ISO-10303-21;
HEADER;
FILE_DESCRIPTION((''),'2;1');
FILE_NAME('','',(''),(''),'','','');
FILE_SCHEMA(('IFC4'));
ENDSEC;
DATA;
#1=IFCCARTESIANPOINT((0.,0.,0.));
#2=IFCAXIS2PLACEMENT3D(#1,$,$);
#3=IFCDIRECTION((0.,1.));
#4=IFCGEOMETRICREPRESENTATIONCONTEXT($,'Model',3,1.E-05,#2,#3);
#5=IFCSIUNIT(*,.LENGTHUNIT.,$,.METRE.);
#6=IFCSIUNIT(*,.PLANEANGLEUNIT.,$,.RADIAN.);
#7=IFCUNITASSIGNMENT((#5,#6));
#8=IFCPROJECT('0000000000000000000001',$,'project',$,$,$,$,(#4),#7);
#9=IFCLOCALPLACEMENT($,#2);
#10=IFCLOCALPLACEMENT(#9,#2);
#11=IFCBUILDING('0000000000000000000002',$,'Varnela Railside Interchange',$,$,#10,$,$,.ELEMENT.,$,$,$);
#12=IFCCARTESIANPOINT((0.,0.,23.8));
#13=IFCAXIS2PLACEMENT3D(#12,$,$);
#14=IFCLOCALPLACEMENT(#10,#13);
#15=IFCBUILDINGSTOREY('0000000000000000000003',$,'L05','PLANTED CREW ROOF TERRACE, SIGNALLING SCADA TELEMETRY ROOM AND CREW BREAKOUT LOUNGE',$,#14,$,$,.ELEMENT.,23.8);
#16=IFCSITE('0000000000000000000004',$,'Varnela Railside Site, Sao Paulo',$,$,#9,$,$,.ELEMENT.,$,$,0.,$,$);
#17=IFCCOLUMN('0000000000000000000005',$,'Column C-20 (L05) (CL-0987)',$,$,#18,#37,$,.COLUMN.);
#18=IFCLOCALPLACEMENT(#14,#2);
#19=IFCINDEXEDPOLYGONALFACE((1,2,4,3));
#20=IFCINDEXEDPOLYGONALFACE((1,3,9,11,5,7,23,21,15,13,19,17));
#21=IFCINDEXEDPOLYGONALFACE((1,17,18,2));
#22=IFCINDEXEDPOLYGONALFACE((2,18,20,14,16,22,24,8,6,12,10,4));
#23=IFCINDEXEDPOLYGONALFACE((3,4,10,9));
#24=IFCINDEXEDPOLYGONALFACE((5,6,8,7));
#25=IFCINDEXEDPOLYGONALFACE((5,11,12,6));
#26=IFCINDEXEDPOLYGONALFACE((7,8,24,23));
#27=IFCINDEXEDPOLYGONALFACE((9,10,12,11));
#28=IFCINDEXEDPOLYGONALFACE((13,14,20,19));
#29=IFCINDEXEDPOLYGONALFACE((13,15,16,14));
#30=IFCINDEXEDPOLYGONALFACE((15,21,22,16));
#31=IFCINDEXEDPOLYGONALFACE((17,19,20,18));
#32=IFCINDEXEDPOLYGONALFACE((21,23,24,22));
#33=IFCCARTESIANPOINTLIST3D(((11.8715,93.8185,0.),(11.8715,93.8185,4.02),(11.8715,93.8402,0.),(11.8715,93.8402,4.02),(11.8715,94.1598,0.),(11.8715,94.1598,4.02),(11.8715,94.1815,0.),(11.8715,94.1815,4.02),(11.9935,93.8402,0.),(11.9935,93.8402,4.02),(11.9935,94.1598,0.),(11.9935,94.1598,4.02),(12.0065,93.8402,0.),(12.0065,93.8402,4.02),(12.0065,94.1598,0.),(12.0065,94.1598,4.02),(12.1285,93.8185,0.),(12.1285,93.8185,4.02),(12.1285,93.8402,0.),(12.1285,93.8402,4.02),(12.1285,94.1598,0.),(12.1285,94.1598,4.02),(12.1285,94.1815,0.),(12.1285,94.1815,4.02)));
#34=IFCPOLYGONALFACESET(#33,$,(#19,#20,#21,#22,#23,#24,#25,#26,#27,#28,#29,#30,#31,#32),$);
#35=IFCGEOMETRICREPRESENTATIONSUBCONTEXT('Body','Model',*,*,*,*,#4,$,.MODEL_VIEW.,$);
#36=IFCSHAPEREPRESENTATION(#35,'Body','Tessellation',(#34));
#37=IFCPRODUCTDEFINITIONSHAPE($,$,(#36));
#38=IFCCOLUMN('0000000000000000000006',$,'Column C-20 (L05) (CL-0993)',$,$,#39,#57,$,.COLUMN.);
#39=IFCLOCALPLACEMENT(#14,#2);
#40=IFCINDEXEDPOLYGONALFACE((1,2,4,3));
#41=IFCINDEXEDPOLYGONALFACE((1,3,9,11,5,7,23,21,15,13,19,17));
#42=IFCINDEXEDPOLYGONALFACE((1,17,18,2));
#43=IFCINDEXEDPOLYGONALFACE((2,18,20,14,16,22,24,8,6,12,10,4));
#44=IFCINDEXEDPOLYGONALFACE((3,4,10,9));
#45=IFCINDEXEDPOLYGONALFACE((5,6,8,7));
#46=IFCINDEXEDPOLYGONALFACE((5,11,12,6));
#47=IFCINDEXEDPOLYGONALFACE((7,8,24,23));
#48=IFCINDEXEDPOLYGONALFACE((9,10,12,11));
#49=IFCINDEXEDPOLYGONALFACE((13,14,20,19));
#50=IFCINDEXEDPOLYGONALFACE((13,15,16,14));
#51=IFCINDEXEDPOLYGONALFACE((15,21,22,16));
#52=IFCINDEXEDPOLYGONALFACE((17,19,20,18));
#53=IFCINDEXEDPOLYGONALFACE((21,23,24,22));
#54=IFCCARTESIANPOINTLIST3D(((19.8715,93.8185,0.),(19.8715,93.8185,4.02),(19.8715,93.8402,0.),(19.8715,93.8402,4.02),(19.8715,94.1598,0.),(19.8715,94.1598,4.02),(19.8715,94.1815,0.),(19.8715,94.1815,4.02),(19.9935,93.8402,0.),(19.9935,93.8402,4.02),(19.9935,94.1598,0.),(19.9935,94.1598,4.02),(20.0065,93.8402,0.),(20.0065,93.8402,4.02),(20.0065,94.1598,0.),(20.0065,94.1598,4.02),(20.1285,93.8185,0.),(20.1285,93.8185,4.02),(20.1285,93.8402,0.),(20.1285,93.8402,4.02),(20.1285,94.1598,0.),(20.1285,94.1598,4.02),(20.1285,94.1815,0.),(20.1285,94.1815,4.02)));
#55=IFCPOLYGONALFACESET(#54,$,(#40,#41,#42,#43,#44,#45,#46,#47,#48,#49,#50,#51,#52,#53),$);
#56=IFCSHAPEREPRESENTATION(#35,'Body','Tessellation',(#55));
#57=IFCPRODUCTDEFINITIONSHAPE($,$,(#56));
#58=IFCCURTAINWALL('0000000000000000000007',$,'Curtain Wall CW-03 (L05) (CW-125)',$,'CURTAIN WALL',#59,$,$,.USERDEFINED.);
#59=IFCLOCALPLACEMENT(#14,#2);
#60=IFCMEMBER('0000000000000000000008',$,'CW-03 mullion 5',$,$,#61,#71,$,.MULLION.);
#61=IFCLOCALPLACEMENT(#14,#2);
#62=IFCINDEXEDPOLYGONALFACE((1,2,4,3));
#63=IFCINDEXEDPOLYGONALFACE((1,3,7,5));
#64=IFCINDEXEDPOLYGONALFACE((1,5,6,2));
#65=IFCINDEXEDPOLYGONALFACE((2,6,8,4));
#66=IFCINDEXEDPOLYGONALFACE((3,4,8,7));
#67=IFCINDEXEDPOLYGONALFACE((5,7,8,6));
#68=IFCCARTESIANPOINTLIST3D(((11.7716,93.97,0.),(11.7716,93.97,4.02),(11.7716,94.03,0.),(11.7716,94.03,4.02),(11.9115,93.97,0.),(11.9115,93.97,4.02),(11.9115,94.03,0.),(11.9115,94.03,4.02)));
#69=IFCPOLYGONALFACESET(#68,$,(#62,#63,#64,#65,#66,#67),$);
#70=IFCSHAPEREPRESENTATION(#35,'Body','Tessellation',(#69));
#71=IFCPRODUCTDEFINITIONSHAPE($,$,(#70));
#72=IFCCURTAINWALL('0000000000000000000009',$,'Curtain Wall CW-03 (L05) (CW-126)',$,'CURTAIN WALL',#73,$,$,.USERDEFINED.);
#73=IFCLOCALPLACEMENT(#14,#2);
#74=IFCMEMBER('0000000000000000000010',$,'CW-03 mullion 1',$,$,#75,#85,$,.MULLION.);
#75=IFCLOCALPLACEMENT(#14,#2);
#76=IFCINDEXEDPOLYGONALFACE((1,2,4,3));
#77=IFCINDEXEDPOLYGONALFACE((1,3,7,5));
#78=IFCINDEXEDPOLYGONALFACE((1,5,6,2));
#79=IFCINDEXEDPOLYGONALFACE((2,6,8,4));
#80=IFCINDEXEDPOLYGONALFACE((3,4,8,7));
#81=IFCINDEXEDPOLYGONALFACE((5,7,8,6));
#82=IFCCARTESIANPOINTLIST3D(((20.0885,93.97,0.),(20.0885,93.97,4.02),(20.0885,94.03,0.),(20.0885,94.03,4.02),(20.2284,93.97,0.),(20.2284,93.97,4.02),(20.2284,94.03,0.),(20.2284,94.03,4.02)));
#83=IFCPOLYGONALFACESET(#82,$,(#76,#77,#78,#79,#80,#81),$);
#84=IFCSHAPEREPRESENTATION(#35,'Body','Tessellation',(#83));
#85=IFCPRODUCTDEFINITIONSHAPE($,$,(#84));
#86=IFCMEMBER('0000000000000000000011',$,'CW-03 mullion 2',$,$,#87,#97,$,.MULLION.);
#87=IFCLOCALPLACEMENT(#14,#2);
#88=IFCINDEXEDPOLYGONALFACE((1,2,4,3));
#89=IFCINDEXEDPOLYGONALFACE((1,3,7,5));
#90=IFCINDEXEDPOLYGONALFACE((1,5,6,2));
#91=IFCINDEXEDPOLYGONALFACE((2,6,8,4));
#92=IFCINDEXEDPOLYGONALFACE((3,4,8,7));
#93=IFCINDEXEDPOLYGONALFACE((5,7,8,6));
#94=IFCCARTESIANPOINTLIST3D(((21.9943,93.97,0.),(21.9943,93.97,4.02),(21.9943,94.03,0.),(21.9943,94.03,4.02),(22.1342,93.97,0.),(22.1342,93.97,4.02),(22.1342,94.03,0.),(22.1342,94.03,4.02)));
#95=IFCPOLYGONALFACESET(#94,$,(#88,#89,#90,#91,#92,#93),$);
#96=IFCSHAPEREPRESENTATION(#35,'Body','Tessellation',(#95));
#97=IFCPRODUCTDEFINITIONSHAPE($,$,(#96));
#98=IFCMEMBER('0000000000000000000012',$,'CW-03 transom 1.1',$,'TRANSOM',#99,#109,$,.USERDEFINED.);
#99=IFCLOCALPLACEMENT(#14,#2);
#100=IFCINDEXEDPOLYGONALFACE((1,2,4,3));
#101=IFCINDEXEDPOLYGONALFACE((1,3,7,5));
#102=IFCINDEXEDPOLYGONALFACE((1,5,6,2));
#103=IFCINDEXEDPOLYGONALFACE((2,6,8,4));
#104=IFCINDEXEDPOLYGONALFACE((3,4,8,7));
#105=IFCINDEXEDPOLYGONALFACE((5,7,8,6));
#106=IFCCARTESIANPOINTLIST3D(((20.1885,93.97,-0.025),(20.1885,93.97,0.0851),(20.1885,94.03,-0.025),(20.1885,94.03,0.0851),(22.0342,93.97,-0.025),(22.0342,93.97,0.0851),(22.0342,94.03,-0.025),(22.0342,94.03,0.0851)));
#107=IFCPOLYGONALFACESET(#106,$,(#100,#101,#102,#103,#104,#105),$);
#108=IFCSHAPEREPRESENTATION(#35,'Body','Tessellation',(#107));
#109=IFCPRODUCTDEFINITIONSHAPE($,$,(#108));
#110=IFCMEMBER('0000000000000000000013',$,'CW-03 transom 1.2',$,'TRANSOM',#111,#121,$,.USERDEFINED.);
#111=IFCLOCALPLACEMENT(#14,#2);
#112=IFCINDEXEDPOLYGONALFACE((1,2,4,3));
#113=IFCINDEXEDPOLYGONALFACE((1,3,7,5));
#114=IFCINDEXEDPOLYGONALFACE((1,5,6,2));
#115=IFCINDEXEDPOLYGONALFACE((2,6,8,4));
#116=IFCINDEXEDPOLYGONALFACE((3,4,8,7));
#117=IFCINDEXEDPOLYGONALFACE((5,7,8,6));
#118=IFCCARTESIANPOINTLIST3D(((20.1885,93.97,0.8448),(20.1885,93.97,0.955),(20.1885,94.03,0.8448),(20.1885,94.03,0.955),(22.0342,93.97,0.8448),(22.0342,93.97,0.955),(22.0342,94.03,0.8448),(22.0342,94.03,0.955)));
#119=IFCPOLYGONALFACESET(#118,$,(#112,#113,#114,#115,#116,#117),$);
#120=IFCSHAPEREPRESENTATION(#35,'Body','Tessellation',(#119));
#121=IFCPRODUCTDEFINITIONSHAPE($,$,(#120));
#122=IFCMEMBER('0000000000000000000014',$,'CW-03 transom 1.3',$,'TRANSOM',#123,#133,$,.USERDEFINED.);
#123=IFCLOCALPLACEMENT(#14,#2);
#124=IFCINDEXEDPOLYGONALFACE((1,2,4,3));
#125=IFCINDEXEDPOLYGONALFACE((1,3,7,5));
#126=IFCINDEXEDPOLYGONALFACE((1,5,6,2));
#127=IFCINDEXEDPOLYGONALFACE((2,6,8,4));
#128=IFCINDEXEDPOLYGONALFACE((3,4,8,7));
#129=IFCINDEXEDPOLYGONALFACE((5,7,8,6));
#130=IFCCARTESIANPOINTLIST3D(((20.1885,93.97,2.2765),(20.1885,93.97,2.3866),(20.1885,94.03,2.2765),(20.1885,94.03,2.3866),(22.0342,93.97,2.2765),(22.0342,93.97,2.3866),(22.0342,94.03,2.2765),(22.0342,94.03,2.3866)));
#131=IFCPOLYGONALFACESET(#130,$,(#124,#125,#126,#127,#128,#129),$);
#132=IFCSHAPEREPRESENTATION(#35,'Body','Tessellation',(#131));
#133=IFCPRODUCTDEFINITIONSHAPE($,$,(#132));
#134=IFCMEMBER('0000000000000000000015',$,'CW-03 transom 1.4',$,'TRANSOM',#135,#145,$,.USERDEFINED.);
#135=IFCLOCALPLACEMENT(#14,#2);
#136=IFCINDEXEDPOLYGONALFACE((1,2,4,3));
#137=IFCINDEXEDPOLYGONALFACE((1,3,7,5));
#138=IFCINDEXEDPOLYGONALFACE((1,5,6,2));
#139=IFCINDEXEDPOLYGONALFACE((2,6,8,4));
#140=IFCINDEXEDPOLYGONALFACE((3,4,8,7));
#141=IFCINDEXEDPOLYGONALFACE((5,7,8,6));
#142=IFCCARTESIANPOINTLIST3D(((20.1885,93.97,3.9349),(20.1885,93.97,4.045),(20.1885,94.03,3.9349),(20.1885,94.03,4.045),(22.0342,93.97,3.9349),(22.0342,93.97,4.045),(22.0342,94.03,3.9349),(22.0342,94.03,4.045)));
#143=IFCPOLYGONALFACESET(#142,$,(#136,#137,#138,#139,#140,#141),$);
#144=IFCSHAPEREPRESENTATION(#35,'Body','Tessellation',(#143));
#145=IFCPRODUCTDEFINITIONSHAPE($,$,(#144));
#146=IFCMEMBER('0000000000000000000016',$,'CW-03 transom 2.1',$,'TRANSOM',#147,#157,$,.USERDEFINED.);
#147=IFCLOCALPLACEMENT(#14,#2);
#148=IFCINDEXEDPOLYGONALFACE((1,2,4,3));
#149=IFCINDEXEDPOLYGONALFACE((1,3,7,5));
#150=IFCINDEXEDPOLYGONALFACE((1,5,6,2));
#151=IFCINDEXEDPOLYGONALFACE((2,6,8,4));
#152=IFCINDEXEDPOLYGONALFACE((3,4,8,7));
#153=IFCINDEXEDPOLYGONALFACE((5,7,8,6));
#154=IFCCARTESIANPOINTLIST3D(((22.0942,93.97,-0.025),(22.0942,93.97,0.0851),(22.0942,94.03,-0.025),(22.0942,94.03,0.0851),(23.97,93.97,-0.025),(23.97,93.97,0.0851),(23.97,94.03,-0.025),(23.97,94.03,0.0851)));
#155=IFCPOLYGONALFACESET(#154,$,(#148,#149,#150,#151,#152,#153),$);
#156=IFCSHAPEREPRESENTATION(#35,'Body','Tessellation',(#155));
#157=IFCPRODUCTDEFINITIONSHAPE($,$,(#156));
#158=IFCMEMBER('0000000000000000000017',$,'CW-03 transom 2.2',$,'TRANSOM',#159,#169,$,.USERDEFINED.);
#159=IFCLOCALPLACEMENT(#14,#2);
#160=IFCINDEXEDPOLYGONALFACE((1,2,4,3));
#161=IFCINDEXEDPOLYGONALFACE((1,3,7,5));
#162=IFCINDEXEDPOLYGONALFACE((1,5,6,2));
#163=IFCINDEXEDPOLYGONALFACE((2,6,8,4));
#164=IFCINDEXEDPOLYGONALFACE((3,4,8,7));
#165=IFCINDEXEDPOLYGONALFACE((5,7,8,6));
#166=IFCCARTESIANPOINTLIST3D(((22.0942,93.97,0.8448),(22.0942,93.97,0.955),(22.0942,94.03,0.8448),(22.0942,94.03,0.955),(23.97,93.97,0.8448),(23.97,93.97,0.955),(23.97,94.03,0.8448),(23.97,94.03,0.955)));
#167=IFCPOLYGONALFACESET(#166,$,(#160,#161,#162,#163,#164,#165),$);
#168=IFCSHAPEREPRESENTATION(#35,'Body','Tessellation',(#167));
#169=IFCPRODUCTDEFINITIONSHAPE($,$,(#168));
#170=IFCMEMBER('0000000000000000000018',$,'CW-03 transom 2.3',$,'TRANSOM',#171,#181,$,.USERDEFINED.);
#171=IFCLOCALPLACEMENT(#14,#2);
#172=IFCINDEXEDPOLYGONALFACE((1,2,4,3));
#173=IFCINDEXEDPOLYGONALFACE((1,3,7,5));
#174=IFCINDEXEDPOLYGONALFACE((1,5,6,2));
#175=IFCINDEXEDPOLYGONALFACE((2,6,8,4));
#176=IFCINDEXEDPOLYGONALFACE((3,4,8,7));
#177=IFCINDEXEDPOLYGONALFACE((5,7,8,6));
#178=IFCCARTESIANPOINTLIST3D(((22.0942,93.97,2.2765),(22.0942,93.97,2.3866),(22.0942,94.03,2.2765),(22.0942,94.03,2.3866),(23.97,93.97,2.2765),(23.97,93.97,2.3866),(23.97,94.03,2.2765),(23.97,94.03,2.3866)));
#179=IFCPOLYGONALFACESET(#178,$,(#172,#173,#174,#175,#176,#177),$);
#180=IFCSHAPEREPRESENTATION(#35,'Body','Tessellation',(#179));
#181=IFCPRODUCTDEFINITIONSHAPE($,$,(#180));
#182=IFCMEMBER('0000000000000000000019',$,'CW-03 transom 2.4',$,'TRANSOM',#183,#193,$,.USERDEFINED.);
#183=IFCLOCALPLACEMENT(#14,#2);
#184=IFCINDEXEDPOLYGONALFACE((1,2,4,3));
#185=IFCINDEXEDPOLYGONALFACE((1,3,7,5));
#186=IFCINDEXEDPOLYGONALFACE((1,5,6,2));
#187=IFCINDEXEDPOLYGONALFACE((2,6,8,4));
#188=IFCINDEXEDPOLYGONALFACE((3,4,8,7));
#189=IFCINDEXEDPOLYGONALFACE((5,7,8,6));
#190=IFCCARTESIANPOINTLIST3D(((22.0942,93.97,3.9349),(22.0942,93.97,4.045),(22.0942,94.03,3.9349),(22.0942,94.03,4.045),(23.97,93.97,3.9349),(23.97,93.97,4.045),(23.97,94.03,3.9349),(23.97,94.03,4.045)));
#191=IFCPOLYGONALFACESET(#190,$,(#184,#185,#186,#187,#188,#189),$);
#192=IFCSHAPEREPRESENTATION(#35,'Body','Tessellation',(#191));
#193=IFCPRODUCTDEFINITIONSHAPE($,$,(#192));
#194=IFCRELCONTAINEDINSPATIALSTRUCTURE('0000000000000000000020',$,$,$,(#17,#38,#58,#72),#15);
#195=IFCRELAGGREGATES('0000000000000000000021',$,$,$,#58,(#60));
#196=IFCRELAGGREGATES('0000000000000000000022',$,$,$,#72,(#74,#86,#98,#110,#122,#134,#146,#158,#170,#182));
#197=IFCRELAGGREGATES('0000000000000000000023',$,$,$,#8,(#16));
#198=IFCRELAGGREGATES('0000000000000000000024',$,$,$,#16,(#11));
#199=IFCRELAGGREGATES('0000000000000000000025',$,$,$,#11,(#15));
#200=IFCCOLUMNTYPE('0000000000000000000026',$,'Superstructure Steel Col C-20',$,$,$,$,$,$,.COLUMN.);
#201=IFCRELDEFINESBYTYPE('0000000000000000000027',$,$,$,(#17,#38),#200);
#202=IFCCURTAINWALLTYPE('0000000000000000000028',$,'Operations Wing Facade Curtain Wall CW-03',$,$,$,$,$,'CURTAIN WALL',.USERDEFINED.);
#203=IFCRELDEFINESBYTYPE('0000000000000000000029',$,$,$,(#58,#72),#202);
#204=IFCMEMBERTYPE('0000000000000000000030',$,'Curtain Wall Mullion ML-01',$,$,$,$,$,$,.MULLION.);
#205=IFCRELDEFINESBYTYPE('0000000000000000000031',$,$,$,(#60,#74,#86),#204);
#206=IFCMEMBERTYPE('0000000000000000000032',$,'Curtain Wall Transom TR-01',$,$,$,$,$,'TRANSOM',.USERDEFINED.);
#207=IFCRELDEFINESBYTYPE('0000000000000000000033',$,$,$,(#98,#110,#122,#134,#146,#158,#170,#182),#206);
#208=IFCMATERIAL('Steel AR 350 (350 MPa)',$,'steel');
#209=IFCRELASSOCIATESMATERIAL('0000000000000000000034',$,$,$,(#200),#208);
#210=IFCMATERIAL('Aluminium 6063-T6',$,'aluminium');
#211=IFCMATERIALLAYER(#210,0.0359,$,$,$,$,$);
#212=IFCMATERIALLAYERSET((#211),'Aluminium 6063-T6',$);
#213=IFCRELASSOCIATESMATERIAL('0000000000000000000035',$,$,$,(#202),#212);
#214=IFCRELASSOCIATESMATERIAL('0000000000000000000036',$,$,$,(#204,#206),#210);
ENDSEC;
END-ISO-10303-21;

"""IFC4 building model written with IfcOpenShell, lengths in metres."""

from ifc_helpers import new_model, si_unit, direction, frame, origin, origin_2d, place, context, subcontext, project, spatial, rectangle, i_section, extrude, material, layer, layer_set, material_profile, profile_set, type_object, element, aggregate, save


model = new_model("IFC4")

# Units and contexts
model_context = context("Model", 3, precision=1e-05, world=origin(), true_north=direction((0.0, 1.0)))
body_context = subcontext(model_context, "Body", "Model", "MODEL_VIEW")
ifc_project = project(units=[si_unit("LENGTHUNIT", "METRE"), si_unit("PLANEANGLEUNIT", "RADIAN")], contexts=[model_context])

# Site, building, storey
site_placement = place(None, origin())
site = spatial("IfcSite", under=ifc_project, at=site_placement, Name="Varnela Railside Site, Sao Paulo", CompositionType="ELEMENT", RefElevation=0.0)
building_placement = place(site_placement, origin())
building = spatial("IfcBuilding", under=site, at=building_placement, Name="Varnela Railside Interchange", CompositionType="ELEMENT")
storey_placement = place(building_placement, frame((0.0, 0.0, 23.8)))
storey = spatial("IfcBuildingStorey", under=building, at=storey_placement, Name="L05", Description="PLANTED CREW ROOF TERRACE, SIGNALLING SCADA TELEMETRY ROOM AND CREW BREAKOUT LOUNGE", CompositionType="ELEMENT", Elevation=23.8)

# Columns
ifc_material_1 = material(Name="Steel AR 350 (350 MPa)", Category="steel")
ifc_material_profile_1 = material_profile(ifc_material_1, i_section(OverallWidth=0.2571, OverallDepth=0.363, WebThickness=0.0129, FlangeThickness=0.0217, at=origin_2d()), Name="W360x122")
ifc_profile_set_1 = profile_set([ifc_material_profile_1], Name="Steel AR 350 (350 MPa)")
column_type = type_object("IfcColumnType", Name="Superstructure Steel Col C-20", PredefinedType="COLUMN", material=ifc_profile_set_1)
for number, where, z_axis, x_axis, name in (
    (1, (12.0, 94.0, 0.0), (0.0, 0.0, 1.0), (1.0, 0.0, 0.0), "Column C-20 (L05) (CL-0987)"),
    (2, (20.0, 94.0, 0.0), (0.0, 0.0, 1.0), (1.0, 0.0, 0.0), "Column C-20 (L05) (CL-0993)"),
):
    element("IfcColumn", number, at=place(storey_placement, frame(where, z_axis=z_axis, x_axis=x_axis)), inside=storey, type_object=column_type, Name=name, PredefinedType="COLUMN", context=body_context, shape_type="SweptSolid", body=[
        extrude(i_section(OverallWidth=0.2571, OverallDepth=0.363, WebThickness=0.0129, FlangeThickness=0.0217, at=origin_2d()), origin(), (0.0, 0.0, 1.0), 4.02),
    ])

# Curtain wall, member
ifc_material_2 = material(Name="Aluminium 6063-T6", Category="aluminium")
ifc_layer_1 = layer(ifc_material_2, 0.0359)
ifc_layer_set_1 = layer_set([ifc_layer_1], Name="Aluminium 6063-T6")
curtain_wall_type = type_object("IfcCurtainWallType", Name="Operations Wing Facade Curtain Wall CW-03", ElementType="CURTAIN WALL", PredefinedType="USERDEFINED", material=ifc_layer_set_1)
curtain_wall_1_placement = place(storey_placement, origin())
curtain_wall_1 = element("IfcCurtainWall", 3, at=curtain_wall_1_placement, inside=storey, type_object=curtain_wall_type, Name="Curtain Wall CW-03 (L05) (CW-125)", ObjectType="CURTAIN WALL", PredefinedType="USERDEFINED")
ifc_material_profile_2 = material_profile(ifc_material_2, rectangle(XDim=0.0601, YDim=0.1399, at=origin_2d()), Name="ALU 60x140")
ifc_profile_set_2 = profile_set([ifc_material_profile_2], Name="Aluminium 6063-T6")
member_type_1 = type_object("IfcMemberType", Name="Curtain Wall Mullion ML-01", PredefinedType="MULLION", material=ifc_profile_set_2)
member_1_placement = place(storey_placement, frame((11.8416, 94.0, 0.0), z_axis=(0.0, 0.0, 1.0), x_axis=(0.0, 1.0, 0.0)))
member_1 = element("IfcMember", 4, at=member_1_placement, type_object=member_type_1, Name="CW-03 mullion 5", PredefinedType="MULLION", context=body_context, shape_type="SweptSolid", body=[
    extrude(rectangle(XDim=0.0601, YDim=0.1399, at=origin_2d()), origin(), (0.0, 0.0, 1.0), 4.02),
])

# Curtain wall, members
curtain_wall_2_placement = place(storey_placement, origin())
curtain_wall_2 = element("IfcCurtainWall", 5, at=curtain_wall_2_placement, inside=storey, type_object=curtain_wall_type, Name="Curtain Wall CW-03 (L05) (CW-126)", ObjectType="CURTAIN WALL", PredefinedType="USERDEFINED")
member_2_placement = place(storey_placement, frame((20.1584, 94.0, 0.0), z_axis=(0.0, 0.0, 1.0), x_axis=(0.0, 1.0, 0.0)))
member_2 = element("IfcMember", 6, at=member_2_placement, type_object=member_type_1, Name="CW-03 mullion 1", PredefinedType="MULLION", context=body_context, shape_type="SweptSolid", body=[
    extrude(rectangle(XDim=0.0601, YDim=0.1399, at=origin_2d()), origin(), (0.0, 0.0, 1.0), 4.02),
])
member_3_placement = place(storey_placement, frame((22.0642, 94.0, 0.0), z_axis=(0.0, 0.0, 1.0), x_axis=(0.0, 1.0, 0.0)))
member_3 = element("IfcMember", 7, at=member_3_placement, type_object=member_type_1, Name="CW-03 mullion 2", PredefinedType="MULLION", context=body_context, shape_type="SweptSolid", body=[
    extrude(rectangle(XDim=0.0601, YDim=0.1399, at=origin_2d()), origin(), (0.0, 0.0, 1.0), 4.02),
])
ifc_material_profile_3 = material_profile(ifc_material_2, rectangle(XDim=0.0601, YDim=0.1101, at=origin_2d()), Name="ALU 60x110")
ifc_profile_set_3 = profile_set([ifc_material_profile_3], Name="Aluminium 6063-T6")
member_type_2 = type_object("IfcMemberType", Name="Curtain Wall Transom TR-01", ElementType="TRANSOM", PredefinedType="USERDEFINED", material=ifc_profile_set_3)
member_4_placement = place(storey_placement, frame((20.1885, 94.0, 0.03), z_axis=(1.0, 0.0, 0.0), x_axis=(0.0, 1.0, 0.0)))
member_4 = element("IfcMember", 8, at=member_4_placement, type_object=member_type_2, Name="CW-03 transom 1.1", ObjectType="TRANSOM", PredefinedType="USERDEFINED", context=body_context, shape_type="SweptSolid", body=[
    extrude(rectangle(XDim=0.0601, YDim=0.1101, at=origin_2d()), origin(), (0.0, 0.0, 1.0), 1.8457),
])
member_5_placement = place(storey_placement, frame((20.1885, 94.0, 0.8999), z_axis=(1.0, 0.0, 0.0), x_axis=(0.0, 1.0, 0.0)))
member_5 = element("IfcMember", 9, at=member_5_placement, type_object=member_type_2, Name="CW-03 transom 1.2", ObjectType="TRANSOM", PredefinedType="USERDEFINED", context=body_context, shape_type="SweptSolid", body=[
    extrude(rectangle(XDim=0.0601, YDim=0.1101, at=origin_2d()), origin(), (0.0, 0.0, 1.0), 1.8457),
])
member_6_placement = place(storey_placement, frame((20.1885, 94.0, 2.3315), z_axis=(1.0, 0.0, 0.0), x_axis=(0.0, 1.0, 0.0)))
member_6 = element("IfcMember", 10, at=member_6_placement, type_object=member_type_2, Name="CW-03 transom 1.3", ObjectType="TRANSOM", PredefinedType="USERDEFINED", context=body_context, shape_type="SweptSolid", body=[
    extrude(rectangle(XDim=0.0601, YDim=0.1101, at=origin_2d()), origin(), (0.0, 0.0, 1.0), 1.8457),
])
member_7_placement = place(storey_placement, frame((20.1885, 94.0, 3.99), z_axis=(1.0, 0.0, 0.0), x_axis=(0.0, 1.0, 0.0)))
member_7 = element("IfcMember", 11, at=member_7_placement, type_object=member_type_2, Name="CW-03 transom 1.4", ObjectType="TRANSOM", PredefinedType="USERDEFINED", context=body_context, shape_type="SweptSolid", body=[
    extrude(rectangle(XDim=0.0601, YDim=0.1101, at=origin_2d()), origin(), (0.0, 0.0, 1.0), 1.8457),
])
member_8_placement = place(storey_placement, frame((22.0942, 94.0, 0.03), z_axis=(1.0, 0.0, 0.0), x_axis=(0.0, 1.0, 0.0)))
member_8 = element("IfcMember", 12, at=member_8_placement, type_object=member_type_2, Name="CW-03 transom 2.1", ObjectType="TRANSOM", PredefinedType="USERDEFINED", context=body_context, shape_type="SweptSolid", body=[
    extrude(rectangle(XDim=0.0601, YDim=0.1101, at=origin_2d()), origin(), (0.0, 0.0, 1.0), 1.8757),
])
member_9_placement = place(storey_placement, frame((22.0942, 94.0, 0.8999), z_axis=(1.0, 0.0, 0.0), x_axis=(0.0, 1.0, 0.0)))
member_9 = element("IfcMember", 13, at=member_9_placement, type_object=member_type_2, Name="CW-03 transom 2.2", ObjectType="TRANSOM", PredefinedType="USERDEFINED", context=body_context, shape_type="SweptSolid", body=[
    extrude(rectangle(XDim=0.0601, YDim=0.1101, at=origin_2d()), origin(), (0.0, 0.0, 1.0), 1.8757),
])
member_10_placement = place(storey_placement, frame((22.0942, 94.0, 2.3315), z_axis=(1.0, 0.0, 0.0), x_axis=(0.0, 1.0, 0.0)))
member_10 = element("IfcMember", 14, at=member_10_placement, type_object=member_type_2, Name="CW-03 transom 2.3", ObjectType="TRANSOM", PredefinedType="USERDEFINED", context=body_context, shape_type="SweptSolid", body=[
    extrude(rectangle(XDim=0.0601, YDim=0.1101, at=origin_2d()), origin(), (0.0, 0.0, 1.0), 1.8757),
])
member_11_placement = place(storey_placement, frame((22.0942, 94.0, 3.99), z_axis=(1.0, 0.0, 0.0), x_axis=(0.0, 1.0, 0.0)))
member_11 = element("IfcMember", 15, at=member_11_placement, type_object=member_type_2, Name="CW-03 transom 2.4", ObjectType="TRANSOM", PredefinedType="USERDEFINED", context=body_context, shape_type="SweptSolid", body=[
    extrude(rectangle(XDim=0.0601, YDim=0.1101, at=origin_2d()), origin(), (0.0, 0.0, 1.0), 1.8757),
])

aggregate(curtain_wall_1, [member_1])
aggregate(curtain_wall_2, [member_2, member_3, member_4, member_5, member_6, member_7, member_8, member_9, member_10, member_11])

save(model, "model.ifc")
